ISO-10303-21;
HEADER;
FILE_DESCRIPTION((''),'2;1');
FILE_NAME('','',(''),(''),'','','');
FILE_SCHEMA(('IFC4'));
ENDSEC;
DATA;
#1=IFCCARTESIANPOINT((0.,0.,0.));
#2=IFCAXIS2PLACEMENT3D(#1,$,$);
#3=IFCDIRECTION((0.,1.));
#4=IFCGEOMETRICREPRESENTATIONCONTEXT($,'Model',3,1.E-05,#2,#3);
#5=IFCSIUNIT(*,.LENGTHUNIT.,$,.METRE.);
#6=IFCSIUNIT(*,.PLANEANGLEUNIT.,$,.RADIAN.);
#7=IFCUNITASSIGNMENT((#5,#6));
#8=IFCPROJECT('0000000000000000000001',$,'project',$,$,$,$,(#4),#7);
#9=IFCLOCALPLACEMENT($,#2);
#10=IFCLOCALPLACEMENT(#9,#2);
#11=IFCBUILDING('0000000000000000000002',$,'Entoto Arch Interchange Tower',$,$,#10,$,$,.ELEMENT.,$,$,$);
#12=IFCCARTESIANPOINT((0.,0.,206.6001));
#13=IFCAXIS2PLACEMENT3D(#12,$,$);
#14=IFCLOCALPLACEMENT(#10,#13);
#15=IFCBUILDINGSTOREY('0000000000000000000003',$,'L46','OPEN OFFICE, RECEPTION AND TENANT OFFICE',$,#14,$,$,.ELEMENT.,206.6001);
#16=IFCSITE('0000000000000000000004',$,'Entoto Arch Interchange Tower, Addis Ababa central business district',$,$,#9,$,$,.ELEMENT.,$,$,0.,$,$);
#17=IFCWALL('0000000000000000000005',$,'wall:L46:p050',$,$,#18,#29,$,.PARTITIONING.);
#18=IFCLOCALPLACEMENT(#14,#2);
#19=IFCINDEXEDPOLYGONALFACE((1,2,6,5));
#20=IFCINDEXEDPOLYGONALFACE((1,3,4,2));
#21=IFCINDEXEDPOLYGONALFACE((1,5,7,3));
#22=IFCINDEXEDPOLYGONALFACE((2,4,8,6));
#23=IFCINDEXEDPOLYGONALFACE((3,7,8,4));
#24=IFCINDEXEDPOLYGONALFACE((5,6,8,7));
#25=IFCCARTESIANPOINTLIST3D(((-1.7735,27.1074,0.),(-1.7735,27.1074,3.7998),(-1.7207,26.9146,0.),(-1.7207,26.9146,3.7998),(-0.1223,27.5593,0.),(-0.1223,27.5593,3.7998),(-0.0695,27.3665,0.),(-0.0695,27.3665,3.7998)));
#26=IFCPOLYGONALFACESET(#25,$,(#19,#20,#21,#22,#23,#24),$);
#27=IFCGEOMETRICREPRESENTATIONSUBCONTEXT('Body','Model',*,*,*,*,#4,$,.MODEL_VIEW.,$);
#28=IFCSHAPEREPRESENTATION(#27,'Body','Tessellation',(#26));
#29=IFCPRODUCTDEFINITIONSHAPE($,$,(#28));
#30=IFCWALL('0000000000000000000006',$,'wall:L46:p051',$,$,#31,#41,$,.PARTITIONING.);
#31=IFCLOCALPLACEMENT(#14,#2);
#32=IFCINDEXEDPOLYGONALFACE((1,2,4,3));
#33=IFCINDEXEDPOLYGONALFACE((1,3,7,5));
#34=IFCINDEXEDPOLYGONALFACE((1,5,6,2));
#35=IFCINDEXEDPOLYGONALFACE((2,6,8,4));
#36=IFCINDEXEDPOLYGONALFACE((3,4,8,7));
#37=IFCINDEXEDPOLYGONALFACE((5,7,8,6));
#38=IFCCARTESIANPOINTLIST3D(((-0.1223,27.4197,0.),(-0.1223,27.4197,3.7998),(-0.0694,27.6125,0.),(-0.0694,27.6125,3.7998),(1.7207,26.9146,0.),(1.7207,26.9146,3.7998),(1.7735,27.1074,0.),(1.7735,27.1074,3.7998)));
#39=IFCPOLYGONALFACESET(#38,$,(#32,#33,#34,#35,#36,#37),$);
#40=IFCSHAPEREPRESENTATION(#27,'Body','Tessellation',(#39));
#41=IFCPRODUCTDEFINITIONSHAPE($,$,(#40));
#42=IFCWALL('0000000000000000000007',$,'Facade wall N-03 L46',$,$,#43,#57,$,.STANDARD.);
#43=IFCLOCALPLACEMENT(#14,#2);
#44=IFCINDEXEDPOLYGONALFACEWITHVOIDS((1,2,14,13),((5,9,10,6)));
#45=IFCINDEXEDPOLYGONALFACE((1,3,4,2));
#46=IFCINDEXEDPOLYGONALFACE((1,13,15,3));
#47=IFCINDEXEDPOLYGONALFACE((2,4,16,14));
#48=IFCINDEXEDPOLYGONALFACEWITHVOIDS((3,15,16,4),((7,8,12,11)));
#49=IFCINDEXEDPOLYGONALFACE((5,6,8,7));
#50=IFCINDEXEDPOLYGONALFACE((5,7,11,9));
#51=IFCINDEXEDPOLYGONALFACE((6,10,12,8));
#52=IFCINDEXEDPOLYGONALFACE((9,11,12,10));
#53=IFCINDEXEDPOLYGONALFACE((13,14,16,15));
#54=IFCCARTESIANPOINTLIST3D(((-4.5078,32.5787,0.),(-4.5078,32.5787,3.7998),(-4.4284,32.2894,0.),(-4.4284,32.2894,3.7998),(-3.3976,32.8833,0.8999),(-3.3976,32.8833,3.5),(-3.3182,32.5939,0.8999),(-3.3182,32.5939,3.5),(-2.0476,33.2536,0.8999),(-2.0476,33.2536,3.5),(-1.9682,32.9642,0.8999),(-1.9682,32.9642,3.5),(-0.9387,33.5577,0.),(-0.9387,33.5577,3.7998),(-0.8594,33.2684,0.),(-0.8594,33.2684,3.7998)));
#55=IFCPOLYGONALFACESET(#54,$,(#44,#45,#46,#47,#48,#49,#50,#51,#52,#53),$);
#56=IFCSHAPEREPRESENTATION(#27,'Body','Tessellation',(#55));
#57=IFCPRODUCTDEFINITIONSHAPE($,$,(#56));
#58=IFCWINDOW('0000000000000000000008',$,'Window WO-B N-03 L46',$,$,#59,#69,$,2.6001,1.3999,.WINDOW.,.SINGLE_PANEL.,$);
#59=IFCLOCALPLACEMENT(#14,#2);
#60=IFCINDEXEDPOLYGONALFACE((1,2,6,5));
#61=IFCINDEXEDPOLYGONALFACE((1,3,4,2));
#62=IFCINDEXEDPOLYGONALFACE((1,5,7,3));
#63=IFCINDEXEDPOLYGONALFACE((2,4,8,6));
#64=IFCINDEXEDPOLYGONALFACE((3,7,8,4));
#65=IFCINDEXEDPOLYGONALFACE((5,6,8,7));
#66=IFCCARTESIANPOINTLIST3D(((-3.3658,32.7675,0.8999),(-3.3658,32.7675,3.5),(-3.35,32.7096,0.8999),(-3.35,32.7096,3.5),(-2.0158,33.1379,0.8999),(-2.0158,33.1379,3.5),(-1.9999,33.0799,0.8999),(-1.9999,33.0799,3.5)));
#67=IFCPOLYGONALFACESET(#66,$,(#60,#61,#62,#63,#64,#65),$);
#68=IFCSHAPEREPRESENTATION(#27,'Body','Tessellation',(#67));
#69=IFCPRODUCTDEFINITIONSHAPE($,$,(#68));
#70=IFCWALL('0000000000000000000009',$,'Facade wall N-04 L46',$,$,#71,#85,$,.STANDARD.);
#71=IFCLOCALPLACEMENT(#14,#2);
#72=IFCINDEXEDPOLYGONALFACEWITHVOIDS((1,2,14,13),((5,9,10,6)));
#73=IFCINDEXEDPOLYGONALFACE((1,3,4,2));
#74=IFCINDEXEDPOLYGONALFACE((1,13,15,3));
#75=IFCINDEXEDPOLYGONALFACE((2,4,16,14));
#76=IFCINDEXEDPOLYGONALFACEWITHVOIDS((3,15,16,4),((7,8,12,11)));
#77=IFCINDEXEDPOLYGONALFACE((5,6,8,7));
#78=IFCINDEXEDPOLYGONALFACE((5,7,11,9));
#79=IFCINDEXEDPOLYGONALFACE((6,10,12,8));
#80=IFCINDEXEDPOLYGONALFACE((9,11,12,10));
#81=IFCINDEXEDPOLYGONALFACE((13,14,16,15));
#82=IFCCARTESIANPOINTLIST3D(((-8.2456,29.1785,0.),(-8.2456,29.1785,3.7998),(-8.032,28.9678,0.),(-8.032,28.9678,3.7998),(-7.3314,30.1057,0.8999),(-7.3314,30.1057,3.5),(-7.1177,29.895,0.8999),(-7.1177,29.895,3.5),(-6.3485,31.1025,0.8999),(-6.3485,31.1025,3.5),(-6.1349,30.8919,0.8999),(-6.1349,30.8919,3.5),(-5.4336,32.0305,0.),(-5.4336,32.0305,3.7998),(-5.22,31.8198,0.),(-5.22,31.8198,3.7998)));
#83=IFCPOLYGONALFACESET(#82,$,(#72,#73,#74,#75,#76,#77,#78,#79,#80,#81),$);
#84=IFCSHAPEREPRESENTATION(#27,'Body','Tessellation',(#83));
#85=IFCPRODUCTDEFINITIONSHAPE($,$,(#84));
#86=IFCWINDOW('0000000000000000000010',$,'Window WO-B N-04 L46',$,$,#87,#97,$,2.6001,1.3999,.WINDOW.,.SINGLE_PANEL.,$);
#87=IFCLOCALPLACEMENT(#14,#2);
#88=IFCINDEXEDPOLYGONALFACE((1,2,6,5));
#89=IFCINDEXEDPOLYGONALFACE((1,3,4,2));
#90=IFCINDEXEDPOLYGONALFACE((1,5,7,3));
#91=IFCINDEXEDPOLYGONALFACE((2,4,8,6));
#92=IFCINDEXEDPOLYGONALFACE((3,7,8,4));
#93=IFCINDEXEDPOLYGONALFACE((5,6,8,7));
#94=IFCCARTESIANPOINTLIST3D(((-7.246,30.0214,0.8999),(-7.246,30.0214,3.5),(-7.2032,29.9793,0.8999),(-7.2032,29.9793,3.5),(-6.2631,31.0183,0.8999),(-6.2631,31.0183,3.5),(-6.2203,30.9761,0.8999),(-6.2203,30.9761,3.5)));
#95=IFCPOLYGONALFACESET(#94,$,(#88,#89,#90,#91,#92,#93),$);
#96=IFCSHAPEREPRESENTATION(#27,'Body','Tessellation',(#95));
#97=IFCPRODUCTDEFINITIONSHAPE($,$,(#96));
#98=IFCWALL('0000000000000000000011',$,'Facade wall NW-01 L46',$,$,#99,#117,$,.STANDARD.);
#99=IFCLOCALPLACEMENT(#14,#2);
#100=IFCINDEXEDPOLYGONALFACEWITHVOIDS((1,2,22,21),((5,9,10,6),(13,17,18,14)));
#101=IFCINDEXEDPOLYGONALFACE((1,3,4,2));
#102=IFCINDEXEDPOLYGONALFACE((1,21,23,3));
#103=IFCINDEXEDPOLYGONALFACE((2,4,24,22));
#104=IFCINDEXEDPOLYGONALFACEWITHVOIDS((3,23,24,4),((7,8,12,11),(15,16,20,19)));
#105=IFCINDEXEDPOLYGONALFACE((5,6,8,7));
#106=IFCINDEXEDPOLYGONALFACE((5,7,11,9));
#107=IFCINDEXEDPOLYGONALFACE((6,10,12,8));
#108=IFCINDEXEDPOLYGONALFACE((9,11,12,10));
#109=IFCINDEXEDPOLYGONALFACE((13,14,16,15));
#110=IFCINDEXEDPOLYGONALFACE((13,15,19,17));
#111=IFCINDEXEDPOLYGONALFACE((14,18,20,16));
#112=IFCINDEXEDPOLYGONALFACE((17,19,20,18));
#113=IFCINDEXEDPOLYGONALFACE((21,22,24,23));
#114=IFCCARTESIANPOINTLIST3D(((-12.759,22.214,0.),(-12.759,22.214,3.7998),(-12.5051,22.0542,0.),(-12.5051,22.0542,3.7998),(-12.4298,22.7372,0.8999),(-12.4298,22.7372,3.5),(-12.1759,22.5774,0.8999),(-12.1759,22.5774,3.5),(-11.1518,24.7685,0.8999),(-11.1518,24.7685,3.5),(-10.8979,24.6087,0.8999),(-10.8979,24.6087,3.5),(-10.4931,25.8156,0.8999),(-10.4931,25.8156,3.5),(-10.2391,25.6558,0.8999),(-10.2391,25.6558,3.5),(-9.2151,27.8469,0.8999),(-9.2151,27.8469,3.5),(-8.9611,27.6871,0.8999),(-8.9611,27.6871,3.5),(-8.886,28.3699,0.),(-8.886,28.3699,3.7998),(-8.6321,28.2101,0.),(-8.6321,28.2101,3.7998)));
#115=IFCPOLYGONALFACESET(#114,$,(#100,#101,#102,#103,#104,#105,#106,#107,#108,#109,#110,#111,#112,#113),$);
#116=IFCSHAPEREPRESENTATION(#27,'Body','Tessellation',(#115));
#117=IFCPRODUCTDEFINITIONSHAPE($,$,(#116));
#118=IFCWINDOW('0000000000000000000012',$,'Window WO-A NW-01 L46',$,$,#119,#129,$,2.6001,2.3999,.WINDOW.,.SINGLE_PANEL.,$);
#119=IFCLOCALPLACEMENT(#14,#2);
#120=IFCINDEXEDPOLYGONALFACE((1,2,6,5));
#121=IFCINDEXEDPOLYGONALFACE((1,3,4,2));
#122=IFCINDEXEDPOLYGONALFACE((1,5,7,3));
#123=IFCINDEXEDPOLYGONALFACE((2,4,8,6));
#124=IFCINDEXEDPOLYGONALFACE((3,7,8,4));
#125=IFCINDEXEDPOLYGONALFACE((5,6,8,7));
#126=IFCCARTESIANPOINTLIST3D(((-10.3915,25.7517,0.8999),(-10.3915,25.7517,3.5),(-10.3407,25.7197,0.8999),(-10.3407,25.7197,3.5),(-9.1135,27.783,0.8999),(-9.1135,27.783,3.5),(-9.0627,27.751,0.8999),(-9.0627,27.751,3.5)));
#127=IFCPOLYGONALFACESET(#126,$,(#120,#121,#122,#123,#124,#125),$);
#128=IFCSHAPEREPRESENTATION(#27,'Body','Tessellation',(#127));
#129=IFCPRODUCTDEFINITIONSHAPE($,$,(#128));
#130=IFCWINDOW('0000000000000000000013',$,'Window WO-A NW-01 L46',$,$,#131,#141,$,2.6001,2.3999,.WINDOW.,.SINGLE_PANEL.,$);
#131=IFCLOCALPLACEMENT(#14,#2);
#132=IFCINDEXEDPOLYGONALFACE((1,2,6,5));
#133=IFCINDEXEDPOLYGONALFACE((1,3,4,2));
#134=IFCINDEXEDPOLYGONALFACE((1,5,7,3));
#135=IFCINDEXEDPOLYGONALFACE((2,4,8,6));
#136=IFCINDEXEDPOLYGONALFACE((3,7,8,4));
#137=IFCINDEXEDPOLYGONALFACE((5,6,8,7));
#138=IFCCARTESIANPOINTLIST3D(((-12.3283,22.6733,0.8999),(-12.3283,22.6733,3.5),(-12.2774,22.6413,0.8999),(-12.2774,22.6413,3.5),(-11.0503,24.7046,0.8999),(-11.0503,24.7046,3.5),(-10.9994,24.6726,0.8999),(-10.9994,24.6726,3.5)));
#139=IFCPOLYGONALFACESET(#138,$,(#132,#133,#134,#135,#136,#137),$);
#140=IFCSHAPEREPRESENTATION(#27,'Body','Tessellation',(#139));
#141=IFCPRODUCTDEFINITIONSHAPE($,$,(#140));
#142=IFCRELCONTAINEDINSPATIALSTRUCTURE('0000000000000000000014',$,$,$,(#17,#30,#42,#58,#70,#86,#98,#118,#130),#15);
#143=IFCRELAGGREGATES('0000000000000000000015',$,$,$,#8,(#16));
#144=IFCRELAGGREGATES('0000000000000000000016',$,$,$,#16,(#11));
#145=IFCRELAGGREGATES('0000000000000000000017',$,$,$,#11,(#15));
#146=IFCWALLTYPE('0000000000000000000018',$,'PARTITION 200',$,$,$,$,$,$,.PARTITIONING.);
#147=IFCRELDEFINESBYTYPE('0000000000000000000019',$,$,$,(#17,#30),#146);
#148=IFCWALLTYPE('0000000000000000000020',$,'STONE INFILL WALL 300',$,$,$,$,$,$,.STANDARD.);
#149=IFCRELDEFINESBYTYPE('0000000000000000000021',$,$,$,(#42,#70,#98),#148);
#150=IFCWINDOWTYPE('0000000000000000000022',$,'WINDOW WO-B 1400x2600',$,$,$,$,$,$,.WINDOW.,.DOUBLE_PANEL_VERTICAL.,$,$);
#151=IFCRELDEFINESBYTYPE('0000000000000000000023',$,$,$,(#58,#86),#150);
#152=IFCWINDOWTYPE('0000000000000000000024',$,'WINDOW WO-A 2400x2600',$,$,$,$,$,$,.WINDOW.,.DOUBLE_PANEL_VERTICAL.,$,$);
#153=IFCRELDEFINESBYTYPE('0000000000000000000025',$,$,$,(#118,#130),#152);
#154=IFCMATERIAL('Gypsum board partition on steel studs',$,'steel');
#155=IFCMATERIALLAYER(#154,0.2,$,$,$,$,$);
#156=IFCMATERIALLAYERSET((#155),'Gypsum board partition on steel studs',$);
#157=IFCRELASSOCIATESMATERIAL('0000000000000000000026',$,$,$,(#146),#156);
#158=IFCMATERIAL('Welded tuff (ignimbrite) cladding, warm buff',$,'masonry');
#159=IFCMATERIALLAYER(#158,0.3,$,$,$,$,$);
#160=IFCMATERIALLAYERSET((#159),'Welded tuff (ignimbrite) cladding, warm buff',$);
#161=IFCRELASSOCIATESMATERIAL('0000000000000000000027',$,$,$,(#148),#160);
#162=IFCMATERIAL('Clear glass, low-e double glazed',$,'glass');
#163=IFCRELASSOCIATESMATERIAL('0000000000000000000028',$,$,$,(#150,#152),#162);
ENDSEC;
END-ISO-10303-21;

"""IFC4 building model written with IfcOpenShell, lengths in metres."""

from ifc_helpers import new_model, si_unit, direction, frame, frame_2d, origin, place, context, subcontext, project, spatial, rectangle, extrude, material, layer, layer_set, type_object, element, fill, save


model = new_model("IFC4")

# Units and contexts
model_context = context("Model", 3, precision=1e-05, world=origin(), true_north=direction((0.0, 1.0)))
body_context = subcontext(model_context, "Body", "Model", "MODEL_VIEW")
ifc_project = project(units=[si_unit("LENGTHUNIT", "METRE"), si_unit("PLANEANGLEUNIT", "RADIAN")], contexts=[model_context])

# Site, building, storey
site_placement = place(None, origin())
site = spatial("IfcSite", under=ifc_project, at=site_placement, Name="Entoto Arch Interchange Tower, Addis Ababa central business district", CompositionType="ELEMENT", RefElevation=0.0)
building_placement = place(site_placement, origin())
building = spatial("IfcBuilding", under=site, at=building_placement, Name="Entoto Arch Interchange Tower", CompositionType="ELEMENT")
storey_placement = place(building_placement, frame((0.0, 0.0, 206.6001)))
storey = spatial("IfcBuildingStorey", under=building, at=storey_placement, Name="L46", Description="OPEN OFFICE, RECEPTION AND TENANT OFFICE", CompositionType="ELEMENT", Elevation=206.6001)

# Shared definitions
ifc_material_1 = material(Name="Gypsum board partition on steel studs", Category="steel")
ifc_layer_1 = layer(ifc_material_1, 0.2)
ifc_layer_set_1 = layer_set([ifc_layer_1], Name="Gypsum board partition on steel studs")
wall_type_1 = type_object("IfcWallType", Name="PARTITION 200", PredefinedType="PARTITIONING", material=ifc_layer_set_1)

# Walls
wall_1_placement = place(storey_placement, frame((-1.7471, 27.011, 0.0), z_axis=(0.0, 0.0, 1.0), x_axis=(0.964526, 0.263986, 0.0)))
element("IfcWall", 1, at=wall_1_placement, inside=storey, type_object=wall_type_1, Name="wall:L46:p050", PredefinedType="PARTITIONING", context=body_context, shape_type="SweptSolid", body=[
    extrude(rectangle(XDim=1.7119, YDim=0.2, at=frame_2d((0.856, 0.0))), origin(), (0.0, 0.0, 1.0), 3.7998),
])
wall_2_placement = place(storey_placement, frame((-0.0959, 27.5161, 0.0), z_axis=(0.0, 0.0, 1.0), x_axis=(0.964433, -0.264328, 0.0)))
element("IfcWall", 2, at=wall_2_placement, inside=storey, type_object=wall_type_1, Name="wall:L46:p051", PredefinedType="PARTITIONING", context=body_context, shape_type="SweptSolid", body=[
    extrude(rectangle(XDim=1.9109, YDim=0.2, at=frame_2d((0.9556, 0.0))), origin(), (0.0, 0.0, 1.0), 3.7998),
])

# Walls, openings, windows
ifc_material_2 = material(Name="Welded tuff (ignimbrite) cladding, warm buff", Category="masonry")
ifc_layer_2 = layer(ifc_material_2, 0.3)
ifc_layer_set_2 = layer_set([ifc_layer_2], Name="Welded tuff (ignimbrite) cladding, warm buff")
wall_type_2 = type_object("IfcWallType", Name="STONE INFILL WALL 300", PredefinedType="STANDARD", material=ifc_layer_set_2)
wall_3_placement = place(storey_placement, frame((-0.8989, 33.4131, 0.0), z_axis=(0.0, 0.0, 1.0), x_axis=(-0.964378, -0.264529, 0.0)))
wall_3 = element("IfcWall", 3, at=wall_3_placement, inside=storey, type_object=wall_type_2, Name="Facade wall N-03 L46", PredefinedType="STANDARD", context=body_context, shape_type="SweptSolid", body=[
    extrude(rectangle(XDim=3.7009, YDim=0.3, at=frame_2d((1.8506, 0.0))), origin(), (0.0, 0.0, 1.0), 3.7998),
])
opening_1_placement = place(wall_3_placement, frame((1.1499, 0.0, 0.8999)))
opening_1 = element("IfcOpeningElement", 4, at=opening_1_placement, cuts=wall_3, PredefinedType="OPENING", context=body_context, shape_type="SweptSolid", body=[
    extrude(rectangle(XDim=1.3999, YDim=2.6001, at=frame_2d((0.7, 1.3))), frame((0.0, 0.1602, 0.0), z_axis=(0.0, -1.0, 0.0), x_axis=(1.0, 0.0, 0.0)), (0.0, 0.0, 1.0), 0.3201),
])
ifc_material_3 = material(Name="Clear glass, low-e double glazed", Category="glass")
window_type_1 = type_object("IfcWindowType", Name="WINDOW WO-B 1400x2600", PartitioningType="DOUBLE_PANEL_VERTICAL", PredefinedType="WINDOW", material=ifc_material_3)
window_1_placement = place(opening_1_placement, origin())
window_1 = element("IfcWindow", 5, at=window_1_placement, inside=storey, type_object=window_type_1, Name="Window WO-B N-03 L46", OverallHeight=2.6001, OverallWidth=1.3999, PartitioningType="SINGLE_PANEL", PredefinedType="WINDOW", context=body_context, shape_type="SweptSolid", body=[
    extrude(rectangle(XDim=1.3999, YDim=2.6001, at=frame_2d((0.7, 1.3))), frame((0.0, 0.03, 0.0), z_axis=(0.0, -1.0, 0.0), x_axis=(1.0, 0.0, 0.0)), (0.0, 0.0, 1.0), 0.0601),
])
fill(opening_1, window_1)
wall_4_placement = place(storey_placement, frame((-5.3269, 31.925, 0.0), z_axis=(0.0, 0.0, 1.0), x_axis=(-0.702091, -0.712088, 0.0)))
wall_4 = element("IfcWall", 6, at=wall_4_placement, inside=storey, type_object=wall_type_2, Name="Facade wall N-04 L46", PredefinedType="STANDARD", context=body_context, shape_type="SweptSolid", body=[
    extrude(rectangle(XDim=4.0051, YDim=0.3, at=frame_2d((2.0024, 0.0))), origin(), (0.0, 0.0, 1.0), 3.7998),
])
opening_2_placement = place(wall_4_placement, frame((1.303, 0.0, 0.8999)))
opening_2 = element("IfcOpeningElement", 7, at=opening_2_placement, cuts=wall_4, PredefinedType="OPENING", context=body_context, shape_type="SweptSolid", body=[
    extrude(rectangle(XDim=1.3999, YDim=2.6001, at=frame_2d((0.7, 1.3))), frame((0.0, 0.1602, 0.0), z_axis=(0.0, -1.0, 0.0), x_axis=(1.0, 0.0, 0.0)), (0.0, 0.0, 1.0), 0.3201),
])
window_2_placement = place(opening_2_placement, origin())
window_2 = element("IfcWindow", 8, at=window_2_placement, inside=storey, type_object=window_type_1, Name="Window WO-B N-04 L46", OverallHeight=2.6001, OverallWidth=1.3999, PartitioningType="SINGLE_PANEL", PredefinedType="WINDOW", context=body_context, shape_type="SweptSolid", body=[
    extrude(rectangle(XDim=1.3999, YDim=2.6001, at=frame_2d((0.7, 1.3))), frame((0.0, 0.03, 0.0), z_axis=(0.0, -1.0, 0.0), x_axis=(1.0, 0.0, 0.0)), (0.0, 0.0, 1.0), 0.0601),
])
fill(opening_2, window_2)

# Wall, openings, windows
wall_5_placement = place(storey_placement, frame((-8.759, 28.29, 0.0), z_axis=(0.0, 0.0, 1.0), x_axis=(-0.532522, -0.846416, 0.0)))
wall_5 = element("IfcWall", 9, at=wall_5_placement, inside=storey, type_object=wall_type_2, Name="Facade wall NW-01 L46", PredefinedType="STANDARD", context=body_context, shape_type="SweptSolid", body=[
    extrude(rectangle(XDim=7.2729, YDim=0.3, at=frame_2d((3.6365, 0.0))), origin(), (0.0, 0.0, 1.0), 3.7998),
])
opening_3_placement = place(wall_5_placement, frame((0.6179, 0.0, 0.8999)))
opening_3 = element("IfcOpeningElement", 10, at=opening_3_placement, cuts=wall_5, PredefinedType="OPENING", context=body_context, shape_type="SweptSolid", body=[
    extrude(rectangle(XDim=2.3999, YDim=2.6001, at=frame_2d((1.2, 1.3))), frame((0.0, 0.1602, 0.0), z_axis=(0.0, -1.0, 0.0), x_axis=(1.0, 0.0, 0.0)), (0.0, 0.0, 1.0), 0.3201),
])
opening_4_placement = place(wall_5_placement, frame((4.2549, 0.0, 0.8999)))
opening_4 = element("IfcOpeningElement", 11, at=opening_4_placement, cuts=wall_5, PredefinedType="OPENING", context=body_context, shape_type="SweptSolid", body=[
    extrude(rectangle(XDim=2.3999, YDim=2.6001, at=frame_2d((1.2, 1.3))), frame((0.0, 0.1602, 0.0), z_axis=(0.0, -1.0, 0.0), x_axis=(1.0, 0.0, 0.0)), (0.0, 0.0, 1.0), 0.3201),
])
window_type_2 = type_object("IfcWindowType", Name="WINDOW WO-A 2400x2600", PartitioningType="DOUBLE_PANEL_VERTICAL", PredefinedType="WINDOW", material=ifc_material_3)
window_3_placement = place(opening_3_placement, origin())
window_3 = element("IfcWindow", 12, at=window_3_placement, inside=storey, type_object=window_type_2, Name="Window WO-A NW-01 L46", OverallHeight=2.6001, OverallWidth=2.3999, PartitioningType="SINGLE_PANEL", PredefinedType="WINDOW", context=body_context, shape_type="SweptSolid", body=[
    extrude(rectangle(XDim=2.3999, YDim=2.6001, at=frame_2d((1.2, 1.3))), frame((0.0, 0.03, 0.0), z_axis=(0.0, -1.0, 0.0), x_axis=(1.0, 0.0, 0.0)), (0.0, 0.0, 1.0), 0.0601),
])
fill(opening_3, window_3)
window_4_placement = place(opening_4_placement, origin())
window_4 = element("IfcWindow", 13, at=window_4_placement, inside=storey, type_object=window_type_2, Name="Window WO-A NW-01 L46", OverallHeight=2.6001, OverallWidth=2.3999, PartitioningType="SINGLE_PANEL", PredefinedType="WINDOW", context=body_context, shape_type="SweptSolid", body=[
    extrude(rectangle(XDim=2.3999, YDim=2.6001, at=frame_2d((1.2, 1.3))), frame((0.0, 0.03, 0.0), z_axis=(0.0, -1.0, 0.0), x_axis=(1.0, 0.0, 0.0)), (0.0, 0.0, 1.0), 0.0601),
])
fill(opening_4, window_4)

save(model, "model.ifc")
